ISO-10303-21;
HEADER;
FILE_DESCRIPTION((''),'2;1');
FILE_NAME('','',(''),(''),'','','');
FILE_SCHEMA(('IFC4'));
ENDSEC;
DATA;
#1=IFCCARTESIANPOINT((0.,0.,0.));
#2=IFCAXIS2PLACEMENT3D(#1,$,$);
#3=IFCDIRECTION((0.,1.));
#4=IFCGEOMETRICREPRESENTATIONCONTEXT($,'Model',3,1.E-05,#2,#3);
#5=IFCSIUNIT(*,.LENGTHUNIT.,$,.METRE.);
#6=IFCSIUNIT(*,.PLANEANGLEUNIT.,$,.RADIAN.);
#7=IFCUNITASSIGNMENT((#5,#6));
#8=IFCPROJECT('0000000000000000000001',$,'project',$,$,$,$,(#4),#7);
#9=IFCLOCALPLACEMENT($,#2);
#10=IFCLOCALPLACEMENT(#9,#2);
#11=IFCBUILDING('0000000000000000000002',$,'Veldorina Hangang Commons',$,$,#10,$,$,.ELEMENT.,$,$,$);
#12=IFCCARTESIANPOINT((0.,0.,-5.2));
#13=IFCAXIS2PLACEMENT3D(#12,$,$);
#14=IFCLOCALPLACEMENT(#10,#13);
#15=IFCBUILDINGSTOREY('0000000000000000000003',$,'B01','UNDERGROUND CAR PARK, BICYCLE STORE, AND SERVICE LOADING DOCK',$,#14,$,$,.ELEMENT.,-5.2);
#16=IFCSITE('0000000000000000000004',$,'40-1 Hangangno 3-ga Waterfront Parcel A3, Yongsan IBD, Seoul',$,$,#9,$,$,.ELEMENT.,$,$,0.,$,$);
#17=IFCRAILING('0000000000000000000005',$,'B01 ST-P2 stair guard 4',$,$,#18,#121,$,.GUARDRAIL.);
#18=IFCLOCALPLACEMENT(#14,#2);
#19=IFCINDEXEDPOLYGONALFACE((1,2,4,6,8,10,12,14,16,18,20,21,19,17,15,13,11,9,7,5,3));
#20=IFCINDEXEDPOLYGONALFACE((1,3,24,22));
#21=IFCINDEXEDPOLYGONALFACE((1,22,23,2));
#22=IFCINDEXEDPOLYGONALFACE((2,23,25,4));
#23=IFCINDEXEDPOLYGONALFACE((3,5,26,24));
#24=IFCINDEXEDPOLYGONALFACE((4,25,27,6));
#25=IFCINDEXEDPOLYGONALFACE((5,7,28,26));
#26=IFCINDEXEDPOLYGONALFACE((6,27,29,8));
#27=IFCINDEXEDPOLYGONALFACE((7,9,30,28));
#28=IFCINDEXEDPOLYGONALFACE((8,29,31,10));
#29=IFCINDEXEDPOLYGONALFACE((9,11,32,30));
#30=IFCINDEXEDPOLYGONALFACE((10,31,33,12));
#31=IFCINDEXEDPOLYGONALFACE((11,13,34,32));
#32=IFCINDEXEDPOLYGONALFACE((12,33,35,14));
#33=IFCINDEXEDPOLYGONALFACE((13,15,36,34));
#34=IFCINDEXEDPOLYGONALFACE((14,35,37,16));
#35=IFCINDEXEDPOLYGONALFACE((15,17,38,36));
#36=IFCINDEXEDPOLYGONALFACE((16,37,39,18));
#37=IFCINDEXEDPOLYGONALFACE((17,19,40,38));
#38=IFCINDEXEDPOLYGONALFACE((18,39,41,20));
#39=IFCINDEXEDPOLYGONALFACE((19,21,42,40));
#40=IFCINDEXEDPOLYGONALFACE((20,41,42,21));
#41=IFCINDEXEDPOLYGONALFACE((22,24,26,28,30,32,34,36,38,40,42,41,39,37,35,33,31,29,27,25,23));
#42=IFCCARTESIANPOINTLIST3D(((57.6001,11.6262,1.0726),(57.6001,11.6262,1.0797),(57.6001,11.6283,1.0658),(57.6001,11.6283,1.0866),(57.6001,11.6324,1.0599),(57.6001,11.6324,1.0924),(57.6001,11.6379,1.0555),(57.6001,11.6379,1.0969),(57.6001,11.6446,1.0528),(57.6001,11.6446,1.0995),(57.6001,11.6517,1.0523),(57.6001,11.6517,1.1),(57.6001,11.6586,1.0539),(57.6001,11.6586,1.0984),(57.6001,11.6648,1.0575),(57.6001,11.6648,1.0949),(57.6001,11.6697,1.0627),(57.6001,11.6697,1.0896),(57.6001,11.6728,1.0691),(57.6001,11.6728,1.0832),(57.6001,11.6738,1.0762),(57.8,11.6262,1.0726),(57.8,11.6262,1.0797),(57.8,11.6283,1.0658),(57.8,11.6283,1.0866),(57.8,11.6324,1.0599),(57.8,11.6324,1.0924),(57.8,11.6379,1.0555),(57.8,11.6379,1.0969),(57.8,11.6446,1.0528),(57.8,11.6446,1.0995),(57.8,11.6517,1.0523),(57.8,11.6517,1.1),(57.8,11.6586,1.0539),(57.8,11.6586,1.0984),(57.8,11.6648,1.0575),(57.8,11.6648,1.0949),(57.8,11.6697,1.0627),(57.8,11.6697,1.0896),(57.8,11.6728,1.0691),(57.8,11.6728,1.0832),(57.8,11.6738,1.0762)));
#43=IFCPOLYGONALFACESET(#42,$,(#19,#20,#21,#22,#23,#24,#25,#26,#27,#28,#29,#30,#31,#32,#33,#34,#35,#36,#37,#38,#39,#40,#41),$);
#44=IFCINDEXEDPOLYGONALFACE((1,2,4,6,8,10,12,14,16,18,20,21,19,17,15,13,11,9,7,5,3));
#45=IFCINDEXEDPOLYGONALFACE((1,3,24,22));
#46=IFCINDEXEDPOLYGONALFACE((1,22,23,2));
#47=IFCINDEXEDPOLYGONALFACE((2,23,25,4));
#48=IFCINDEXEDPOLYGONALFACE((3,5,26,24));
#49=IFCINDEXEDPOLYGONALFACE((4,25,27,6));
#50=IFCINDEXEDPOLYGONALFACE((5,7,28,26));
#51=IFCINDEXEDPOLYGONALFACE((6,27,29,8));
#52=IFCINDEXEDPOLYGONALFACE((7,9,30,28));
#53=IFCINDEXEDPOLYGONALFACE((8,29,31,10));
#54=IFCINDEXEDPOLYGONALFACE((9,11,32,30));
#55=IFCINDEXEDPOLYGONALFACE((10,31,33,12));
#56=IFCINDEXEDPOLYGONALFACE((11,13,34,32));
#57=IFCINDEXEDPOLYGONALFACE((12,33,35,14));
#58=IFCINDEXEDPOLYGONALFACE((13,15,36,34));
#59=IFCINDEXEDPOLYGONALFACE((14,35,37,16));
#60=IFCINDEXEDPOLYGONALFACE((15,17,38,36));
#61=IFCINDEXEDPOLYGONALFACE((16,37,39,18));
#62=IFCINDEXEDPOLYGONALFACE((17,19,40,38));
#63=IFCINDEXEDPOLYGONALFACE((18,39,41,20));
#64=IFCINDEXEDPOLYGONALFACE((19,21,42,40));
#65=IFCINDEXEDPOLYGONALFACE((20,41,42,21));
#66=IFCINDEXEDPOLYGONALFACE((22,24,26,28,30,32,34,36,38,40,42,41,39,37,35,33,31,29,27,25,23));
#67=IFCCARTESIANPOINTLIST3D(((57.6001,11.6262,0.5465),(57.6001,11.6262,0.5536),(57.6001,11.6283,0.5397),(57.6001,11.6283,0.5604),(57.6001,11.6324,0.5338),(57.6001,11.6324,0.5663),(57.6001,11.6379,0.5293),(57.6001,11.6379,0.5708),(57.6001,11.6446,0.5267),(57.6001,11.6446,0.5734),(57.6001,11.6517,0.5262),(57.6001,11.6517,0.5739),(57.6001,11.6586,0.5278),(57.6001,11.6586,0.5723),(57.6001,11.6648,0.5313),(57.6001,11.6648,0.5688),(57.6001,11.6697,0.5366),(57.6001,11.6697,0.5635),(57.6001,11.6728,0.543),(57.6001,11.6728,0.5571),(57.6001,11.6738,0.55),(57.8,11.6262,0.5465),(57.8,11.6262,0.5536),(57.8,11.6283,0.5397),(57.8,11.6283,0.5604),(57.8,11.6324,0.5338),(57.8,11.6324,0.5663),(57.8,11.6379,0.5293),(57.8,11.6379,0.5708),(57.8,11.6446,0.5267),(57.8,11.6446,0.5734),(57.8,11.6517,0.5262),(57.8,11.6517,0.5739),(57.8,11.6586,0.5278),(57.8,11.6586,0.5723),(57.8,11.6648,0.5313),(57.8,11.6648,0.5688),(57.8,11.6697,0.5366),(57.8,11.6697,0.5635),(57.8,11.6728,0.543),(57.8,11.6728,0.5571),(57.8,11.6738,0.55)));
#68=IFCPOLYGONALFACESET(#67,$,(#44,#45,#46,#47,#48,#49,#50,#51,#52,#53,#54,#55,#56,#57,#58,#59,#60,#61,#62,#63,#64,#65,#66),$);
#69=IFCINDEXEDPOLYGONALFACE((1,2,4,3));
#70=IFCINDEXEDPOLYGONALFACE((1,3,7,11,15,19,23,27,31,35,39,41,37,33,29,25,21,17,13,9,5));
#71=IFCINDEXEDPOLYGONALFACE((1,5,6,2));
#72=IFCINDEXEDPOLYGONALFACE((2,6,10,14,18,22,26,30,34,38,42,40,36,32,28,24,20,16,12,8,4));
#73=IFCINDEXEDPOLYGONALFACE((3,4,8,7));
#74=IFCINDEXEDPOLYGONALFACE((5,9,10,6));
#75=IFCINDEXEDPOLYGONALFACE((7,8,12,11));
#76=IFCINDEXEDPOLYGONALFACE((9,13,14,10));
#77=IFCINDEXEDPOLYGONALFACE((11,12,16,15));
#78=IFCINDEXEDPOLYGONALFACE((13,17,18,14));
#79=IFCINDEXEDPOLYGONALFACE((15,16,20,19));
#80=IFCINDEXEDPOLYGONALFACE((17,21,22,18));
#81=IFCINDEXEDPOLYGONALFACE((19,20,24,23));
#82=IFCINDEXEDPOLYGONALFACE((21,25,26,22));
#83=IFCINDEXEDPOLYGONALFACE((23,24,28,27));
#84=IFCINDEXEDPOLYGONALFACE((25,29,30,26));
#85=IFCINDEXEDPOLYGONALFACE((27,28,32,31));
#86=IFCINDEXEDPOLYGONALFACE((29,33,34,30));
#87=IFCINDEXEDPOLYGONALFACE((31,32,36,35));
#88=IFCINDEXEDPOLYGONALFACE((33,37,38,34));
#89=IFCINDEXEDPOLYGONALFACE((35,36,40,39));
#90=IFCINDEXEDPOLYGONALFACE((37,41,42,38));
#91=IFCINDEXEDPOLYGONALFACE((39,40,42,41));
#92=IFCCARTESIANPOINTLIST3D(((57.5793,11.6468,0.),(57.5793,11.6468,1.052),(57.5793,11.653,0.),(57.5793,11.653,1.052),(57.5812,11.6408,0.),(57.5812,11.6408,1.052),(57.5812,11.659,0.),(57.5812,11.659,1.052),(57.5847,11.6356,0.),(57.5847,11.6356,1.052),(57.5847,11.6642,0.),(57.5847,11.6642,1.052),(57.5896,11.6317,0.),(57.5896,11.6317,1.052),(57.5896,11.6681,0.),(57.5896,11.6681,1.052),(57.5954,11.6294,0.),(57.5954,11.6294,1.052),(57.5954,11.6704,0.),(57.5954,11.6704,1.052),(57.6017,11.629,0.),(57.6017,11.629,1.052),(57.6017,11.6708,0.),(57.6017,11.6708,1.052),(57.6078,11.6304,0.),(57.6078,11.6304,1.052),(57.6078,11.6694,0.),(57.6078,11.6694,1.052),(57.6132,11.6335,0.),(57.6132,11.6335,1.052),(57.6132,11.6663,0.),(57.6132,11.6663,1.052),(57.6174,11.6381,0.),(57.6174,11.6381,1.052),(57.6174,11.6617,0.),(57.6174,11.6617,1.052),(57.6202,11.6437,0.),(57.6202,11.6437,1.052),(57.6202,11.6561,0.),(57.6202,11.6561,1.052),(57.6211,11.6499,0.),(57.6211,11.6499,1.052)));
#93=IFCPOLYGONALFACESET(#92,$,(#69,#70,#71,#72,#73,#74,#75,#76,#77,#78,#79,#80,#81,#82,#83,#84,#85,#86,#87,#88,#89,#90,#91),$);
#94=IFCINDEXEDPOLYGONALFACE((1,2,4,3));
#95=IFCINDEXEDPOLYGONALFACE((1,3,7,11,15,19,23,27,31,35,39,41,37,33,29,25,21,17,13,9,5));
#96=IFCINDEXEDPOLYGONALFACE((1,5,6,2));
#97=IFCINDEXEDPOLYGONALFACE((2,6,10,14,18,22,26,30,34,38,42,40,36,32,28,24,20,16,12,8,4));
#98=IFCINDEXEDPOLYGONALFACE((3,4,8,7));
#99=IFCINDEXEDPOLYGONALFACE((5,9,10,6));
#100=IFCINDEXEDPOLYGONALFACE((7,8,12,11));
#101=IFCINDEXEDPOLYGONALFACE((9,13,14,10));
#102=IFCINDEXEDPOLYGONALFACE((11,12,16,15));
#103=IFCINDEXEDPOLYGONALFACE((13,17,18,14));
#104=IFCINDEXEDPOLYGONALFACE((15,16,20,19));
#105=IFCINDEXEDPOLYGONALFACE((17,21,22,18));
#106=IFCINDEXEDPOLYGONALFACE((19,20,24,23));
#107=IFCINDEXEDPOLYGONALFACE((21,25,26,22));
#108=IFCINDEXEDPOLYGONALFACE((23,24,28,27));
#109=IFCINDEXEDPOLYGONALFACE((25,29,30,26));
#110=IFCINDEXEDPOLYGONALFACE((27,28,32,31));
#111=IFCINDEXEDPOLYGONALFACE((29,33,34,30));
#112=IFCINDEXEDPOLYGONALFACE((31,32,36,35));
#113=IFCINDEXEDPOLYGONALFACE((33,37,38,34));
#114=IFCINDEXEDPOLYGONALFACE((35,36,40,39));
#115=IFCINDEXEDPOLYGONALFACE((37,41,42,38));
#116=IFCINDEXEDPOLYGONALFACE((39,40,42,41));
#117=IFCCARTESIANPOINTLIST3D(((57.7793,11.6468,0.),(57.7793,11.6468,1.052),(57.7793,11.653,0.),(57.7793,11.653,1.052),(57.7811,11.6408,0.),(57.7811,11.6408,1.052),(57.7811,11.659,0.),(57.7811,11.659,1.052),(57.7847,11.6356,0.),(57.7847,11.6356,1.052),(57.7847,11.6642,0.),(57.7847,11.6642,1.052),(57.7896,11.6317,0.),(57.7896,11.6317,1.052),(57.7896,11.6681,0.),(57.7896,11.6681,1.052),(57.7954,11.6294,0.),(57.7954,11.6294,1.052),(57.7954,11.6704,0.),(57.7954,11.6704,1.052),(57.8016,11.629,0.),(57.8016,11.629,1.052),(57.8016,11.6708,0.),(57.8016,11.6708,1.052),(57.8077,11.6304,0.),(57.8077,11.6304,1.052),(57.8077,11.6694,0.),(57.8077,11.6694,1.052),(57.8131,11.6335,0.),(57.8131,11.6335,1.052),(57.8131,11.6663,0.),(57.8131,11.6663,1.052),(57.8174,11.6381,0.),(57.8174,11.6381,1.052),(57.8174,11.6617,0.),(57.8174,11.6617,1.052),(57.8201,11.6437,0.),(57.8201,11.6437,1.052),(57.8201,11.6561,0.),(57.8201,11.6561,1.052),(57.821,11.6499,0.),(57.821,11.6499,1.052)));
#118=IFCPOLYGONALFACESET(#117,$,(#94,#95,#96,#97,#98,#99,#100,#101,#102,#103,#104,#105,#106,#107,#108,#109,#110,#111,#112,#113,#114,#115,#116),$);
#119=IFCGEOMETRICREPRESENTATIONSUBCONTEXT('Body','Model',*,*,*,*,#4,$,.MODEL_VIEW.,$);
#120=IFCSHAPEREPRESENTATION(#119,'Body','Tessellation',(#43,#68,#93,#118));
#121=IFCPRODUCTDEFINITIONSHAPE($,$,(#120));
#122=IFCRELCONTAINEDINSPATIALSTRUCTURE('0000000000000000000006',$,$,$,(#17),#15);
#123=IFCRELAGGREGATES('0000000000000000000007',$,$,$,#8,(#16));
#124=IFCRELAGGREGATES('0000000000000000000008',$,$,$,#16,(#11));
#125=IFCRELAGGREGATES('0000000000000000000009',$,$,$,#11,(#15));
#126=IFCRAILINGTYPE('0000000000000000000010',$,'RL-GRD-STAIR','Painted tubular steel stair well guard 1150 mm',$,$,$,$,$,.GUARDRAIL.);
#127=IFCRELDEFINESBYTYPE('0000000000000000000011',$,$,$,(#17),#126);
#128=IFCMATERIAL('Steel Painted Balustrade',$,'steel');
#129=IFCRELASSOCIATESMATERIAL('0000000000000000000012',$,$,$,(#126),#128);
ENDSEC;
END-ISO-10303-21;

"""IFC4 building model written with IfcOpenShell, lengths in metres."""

from ifc_helpers import new_model, si_unit, direction, frame, origin, origin_2d, place, context, subcontext, project, spatial, circle, extrude, material, type_object, element, save


model = new_model("IFC4")

# Units and contexts
model_context = context("Model", 3, precision=1e-05, world=origin(), true_north=direction((0.0, 1.0)))
body_context = subcontext(model_context, "Body", "Model", "MODEL_VIEW")
ifc_project = project(units=[si_unit("LENGTHUNIT", "METRE"), si_unit("PLANEANGLEUNIT", "RADIAN")], contexts=[model_context])

# Site, building, storey
site_placement = place(None, origin())
site = spatial("IfcSite", under=ifc_project, at=site_placement, Name="40-1 Hangangno 3-ga Waterfront Parcel A3, Yongsan IBD, Seoul", CompositionType="ELEMENT", RefElevation=0.0)
building_placement = place(site_placement, origin())
building = spatial("IfcBuilding", under=site, at=building_placement, Name="Veldorina Hangang Commons", CompositionType="ELEMENT")
storey_placement = place(building_placement, frame((0.0, 0.0, -5.2)))
storey = spatial("IfcBuildingStorey", under=building, at=storey_placement, Name="B01", Description="UNDERGROUND CAR PARK, BICYCLE STORE, AND SERVICE LOADING DOCK", CompositionType="ELEMENT", Elevation=-5.2)

# Railing
ifc_material_1 = material(Name="Steel Painted Balustrade", Category="steel")
railing_type_1 = type_object("IfcRailingType", Name="RL-GRD-STAIR", Description="Painted tubular steel stair well guard 1150 mm", PredefinedType="GUARDRAIL", material=ifc_material_1)
railing_1_placement = place(storey_placement, frame((57.6001, 11.6499, 0.0)))
element("IfcRailing", 1, at=railing_1_placement, inside=storey, type_object=railing_type_1, Name="B01 ST-P2 stair guard 4", PredefinedType="GUARDRAIL", context=body_context, shape_type="SweptSolid", body=[
    extrude(circle(Radius=0.0239, at=origin_2d()), frame((0.0, 0.0, 1.0762), z_axis=(1.0, 0.0, 0.0), x_axis=(0.0, 1.0, 0.0)), (0.0, 0.0, 1.0), 0.2),
    extrude(circle(Radius=0.0239, at=origin_2d()), frame((0.0, 0.0, 0.55), z_axis=(1.0, 0.0, 0.0), x_axis=(0.0, 1.0, 0.0)), (0.0, 0.0, 1.0), 0.2),
    extrude(circle(Radius=0.021, at=origin_2d()), origin(), (0.0, 0.0, 1.0), 1.052),
    extrude(circle(Radius=0.021, at=origin_2d()), frame((0.2, 0.0, 0.0)), (0.0, 0.0, 1.0), 1.052),
])

save(model, "model.ifc")
